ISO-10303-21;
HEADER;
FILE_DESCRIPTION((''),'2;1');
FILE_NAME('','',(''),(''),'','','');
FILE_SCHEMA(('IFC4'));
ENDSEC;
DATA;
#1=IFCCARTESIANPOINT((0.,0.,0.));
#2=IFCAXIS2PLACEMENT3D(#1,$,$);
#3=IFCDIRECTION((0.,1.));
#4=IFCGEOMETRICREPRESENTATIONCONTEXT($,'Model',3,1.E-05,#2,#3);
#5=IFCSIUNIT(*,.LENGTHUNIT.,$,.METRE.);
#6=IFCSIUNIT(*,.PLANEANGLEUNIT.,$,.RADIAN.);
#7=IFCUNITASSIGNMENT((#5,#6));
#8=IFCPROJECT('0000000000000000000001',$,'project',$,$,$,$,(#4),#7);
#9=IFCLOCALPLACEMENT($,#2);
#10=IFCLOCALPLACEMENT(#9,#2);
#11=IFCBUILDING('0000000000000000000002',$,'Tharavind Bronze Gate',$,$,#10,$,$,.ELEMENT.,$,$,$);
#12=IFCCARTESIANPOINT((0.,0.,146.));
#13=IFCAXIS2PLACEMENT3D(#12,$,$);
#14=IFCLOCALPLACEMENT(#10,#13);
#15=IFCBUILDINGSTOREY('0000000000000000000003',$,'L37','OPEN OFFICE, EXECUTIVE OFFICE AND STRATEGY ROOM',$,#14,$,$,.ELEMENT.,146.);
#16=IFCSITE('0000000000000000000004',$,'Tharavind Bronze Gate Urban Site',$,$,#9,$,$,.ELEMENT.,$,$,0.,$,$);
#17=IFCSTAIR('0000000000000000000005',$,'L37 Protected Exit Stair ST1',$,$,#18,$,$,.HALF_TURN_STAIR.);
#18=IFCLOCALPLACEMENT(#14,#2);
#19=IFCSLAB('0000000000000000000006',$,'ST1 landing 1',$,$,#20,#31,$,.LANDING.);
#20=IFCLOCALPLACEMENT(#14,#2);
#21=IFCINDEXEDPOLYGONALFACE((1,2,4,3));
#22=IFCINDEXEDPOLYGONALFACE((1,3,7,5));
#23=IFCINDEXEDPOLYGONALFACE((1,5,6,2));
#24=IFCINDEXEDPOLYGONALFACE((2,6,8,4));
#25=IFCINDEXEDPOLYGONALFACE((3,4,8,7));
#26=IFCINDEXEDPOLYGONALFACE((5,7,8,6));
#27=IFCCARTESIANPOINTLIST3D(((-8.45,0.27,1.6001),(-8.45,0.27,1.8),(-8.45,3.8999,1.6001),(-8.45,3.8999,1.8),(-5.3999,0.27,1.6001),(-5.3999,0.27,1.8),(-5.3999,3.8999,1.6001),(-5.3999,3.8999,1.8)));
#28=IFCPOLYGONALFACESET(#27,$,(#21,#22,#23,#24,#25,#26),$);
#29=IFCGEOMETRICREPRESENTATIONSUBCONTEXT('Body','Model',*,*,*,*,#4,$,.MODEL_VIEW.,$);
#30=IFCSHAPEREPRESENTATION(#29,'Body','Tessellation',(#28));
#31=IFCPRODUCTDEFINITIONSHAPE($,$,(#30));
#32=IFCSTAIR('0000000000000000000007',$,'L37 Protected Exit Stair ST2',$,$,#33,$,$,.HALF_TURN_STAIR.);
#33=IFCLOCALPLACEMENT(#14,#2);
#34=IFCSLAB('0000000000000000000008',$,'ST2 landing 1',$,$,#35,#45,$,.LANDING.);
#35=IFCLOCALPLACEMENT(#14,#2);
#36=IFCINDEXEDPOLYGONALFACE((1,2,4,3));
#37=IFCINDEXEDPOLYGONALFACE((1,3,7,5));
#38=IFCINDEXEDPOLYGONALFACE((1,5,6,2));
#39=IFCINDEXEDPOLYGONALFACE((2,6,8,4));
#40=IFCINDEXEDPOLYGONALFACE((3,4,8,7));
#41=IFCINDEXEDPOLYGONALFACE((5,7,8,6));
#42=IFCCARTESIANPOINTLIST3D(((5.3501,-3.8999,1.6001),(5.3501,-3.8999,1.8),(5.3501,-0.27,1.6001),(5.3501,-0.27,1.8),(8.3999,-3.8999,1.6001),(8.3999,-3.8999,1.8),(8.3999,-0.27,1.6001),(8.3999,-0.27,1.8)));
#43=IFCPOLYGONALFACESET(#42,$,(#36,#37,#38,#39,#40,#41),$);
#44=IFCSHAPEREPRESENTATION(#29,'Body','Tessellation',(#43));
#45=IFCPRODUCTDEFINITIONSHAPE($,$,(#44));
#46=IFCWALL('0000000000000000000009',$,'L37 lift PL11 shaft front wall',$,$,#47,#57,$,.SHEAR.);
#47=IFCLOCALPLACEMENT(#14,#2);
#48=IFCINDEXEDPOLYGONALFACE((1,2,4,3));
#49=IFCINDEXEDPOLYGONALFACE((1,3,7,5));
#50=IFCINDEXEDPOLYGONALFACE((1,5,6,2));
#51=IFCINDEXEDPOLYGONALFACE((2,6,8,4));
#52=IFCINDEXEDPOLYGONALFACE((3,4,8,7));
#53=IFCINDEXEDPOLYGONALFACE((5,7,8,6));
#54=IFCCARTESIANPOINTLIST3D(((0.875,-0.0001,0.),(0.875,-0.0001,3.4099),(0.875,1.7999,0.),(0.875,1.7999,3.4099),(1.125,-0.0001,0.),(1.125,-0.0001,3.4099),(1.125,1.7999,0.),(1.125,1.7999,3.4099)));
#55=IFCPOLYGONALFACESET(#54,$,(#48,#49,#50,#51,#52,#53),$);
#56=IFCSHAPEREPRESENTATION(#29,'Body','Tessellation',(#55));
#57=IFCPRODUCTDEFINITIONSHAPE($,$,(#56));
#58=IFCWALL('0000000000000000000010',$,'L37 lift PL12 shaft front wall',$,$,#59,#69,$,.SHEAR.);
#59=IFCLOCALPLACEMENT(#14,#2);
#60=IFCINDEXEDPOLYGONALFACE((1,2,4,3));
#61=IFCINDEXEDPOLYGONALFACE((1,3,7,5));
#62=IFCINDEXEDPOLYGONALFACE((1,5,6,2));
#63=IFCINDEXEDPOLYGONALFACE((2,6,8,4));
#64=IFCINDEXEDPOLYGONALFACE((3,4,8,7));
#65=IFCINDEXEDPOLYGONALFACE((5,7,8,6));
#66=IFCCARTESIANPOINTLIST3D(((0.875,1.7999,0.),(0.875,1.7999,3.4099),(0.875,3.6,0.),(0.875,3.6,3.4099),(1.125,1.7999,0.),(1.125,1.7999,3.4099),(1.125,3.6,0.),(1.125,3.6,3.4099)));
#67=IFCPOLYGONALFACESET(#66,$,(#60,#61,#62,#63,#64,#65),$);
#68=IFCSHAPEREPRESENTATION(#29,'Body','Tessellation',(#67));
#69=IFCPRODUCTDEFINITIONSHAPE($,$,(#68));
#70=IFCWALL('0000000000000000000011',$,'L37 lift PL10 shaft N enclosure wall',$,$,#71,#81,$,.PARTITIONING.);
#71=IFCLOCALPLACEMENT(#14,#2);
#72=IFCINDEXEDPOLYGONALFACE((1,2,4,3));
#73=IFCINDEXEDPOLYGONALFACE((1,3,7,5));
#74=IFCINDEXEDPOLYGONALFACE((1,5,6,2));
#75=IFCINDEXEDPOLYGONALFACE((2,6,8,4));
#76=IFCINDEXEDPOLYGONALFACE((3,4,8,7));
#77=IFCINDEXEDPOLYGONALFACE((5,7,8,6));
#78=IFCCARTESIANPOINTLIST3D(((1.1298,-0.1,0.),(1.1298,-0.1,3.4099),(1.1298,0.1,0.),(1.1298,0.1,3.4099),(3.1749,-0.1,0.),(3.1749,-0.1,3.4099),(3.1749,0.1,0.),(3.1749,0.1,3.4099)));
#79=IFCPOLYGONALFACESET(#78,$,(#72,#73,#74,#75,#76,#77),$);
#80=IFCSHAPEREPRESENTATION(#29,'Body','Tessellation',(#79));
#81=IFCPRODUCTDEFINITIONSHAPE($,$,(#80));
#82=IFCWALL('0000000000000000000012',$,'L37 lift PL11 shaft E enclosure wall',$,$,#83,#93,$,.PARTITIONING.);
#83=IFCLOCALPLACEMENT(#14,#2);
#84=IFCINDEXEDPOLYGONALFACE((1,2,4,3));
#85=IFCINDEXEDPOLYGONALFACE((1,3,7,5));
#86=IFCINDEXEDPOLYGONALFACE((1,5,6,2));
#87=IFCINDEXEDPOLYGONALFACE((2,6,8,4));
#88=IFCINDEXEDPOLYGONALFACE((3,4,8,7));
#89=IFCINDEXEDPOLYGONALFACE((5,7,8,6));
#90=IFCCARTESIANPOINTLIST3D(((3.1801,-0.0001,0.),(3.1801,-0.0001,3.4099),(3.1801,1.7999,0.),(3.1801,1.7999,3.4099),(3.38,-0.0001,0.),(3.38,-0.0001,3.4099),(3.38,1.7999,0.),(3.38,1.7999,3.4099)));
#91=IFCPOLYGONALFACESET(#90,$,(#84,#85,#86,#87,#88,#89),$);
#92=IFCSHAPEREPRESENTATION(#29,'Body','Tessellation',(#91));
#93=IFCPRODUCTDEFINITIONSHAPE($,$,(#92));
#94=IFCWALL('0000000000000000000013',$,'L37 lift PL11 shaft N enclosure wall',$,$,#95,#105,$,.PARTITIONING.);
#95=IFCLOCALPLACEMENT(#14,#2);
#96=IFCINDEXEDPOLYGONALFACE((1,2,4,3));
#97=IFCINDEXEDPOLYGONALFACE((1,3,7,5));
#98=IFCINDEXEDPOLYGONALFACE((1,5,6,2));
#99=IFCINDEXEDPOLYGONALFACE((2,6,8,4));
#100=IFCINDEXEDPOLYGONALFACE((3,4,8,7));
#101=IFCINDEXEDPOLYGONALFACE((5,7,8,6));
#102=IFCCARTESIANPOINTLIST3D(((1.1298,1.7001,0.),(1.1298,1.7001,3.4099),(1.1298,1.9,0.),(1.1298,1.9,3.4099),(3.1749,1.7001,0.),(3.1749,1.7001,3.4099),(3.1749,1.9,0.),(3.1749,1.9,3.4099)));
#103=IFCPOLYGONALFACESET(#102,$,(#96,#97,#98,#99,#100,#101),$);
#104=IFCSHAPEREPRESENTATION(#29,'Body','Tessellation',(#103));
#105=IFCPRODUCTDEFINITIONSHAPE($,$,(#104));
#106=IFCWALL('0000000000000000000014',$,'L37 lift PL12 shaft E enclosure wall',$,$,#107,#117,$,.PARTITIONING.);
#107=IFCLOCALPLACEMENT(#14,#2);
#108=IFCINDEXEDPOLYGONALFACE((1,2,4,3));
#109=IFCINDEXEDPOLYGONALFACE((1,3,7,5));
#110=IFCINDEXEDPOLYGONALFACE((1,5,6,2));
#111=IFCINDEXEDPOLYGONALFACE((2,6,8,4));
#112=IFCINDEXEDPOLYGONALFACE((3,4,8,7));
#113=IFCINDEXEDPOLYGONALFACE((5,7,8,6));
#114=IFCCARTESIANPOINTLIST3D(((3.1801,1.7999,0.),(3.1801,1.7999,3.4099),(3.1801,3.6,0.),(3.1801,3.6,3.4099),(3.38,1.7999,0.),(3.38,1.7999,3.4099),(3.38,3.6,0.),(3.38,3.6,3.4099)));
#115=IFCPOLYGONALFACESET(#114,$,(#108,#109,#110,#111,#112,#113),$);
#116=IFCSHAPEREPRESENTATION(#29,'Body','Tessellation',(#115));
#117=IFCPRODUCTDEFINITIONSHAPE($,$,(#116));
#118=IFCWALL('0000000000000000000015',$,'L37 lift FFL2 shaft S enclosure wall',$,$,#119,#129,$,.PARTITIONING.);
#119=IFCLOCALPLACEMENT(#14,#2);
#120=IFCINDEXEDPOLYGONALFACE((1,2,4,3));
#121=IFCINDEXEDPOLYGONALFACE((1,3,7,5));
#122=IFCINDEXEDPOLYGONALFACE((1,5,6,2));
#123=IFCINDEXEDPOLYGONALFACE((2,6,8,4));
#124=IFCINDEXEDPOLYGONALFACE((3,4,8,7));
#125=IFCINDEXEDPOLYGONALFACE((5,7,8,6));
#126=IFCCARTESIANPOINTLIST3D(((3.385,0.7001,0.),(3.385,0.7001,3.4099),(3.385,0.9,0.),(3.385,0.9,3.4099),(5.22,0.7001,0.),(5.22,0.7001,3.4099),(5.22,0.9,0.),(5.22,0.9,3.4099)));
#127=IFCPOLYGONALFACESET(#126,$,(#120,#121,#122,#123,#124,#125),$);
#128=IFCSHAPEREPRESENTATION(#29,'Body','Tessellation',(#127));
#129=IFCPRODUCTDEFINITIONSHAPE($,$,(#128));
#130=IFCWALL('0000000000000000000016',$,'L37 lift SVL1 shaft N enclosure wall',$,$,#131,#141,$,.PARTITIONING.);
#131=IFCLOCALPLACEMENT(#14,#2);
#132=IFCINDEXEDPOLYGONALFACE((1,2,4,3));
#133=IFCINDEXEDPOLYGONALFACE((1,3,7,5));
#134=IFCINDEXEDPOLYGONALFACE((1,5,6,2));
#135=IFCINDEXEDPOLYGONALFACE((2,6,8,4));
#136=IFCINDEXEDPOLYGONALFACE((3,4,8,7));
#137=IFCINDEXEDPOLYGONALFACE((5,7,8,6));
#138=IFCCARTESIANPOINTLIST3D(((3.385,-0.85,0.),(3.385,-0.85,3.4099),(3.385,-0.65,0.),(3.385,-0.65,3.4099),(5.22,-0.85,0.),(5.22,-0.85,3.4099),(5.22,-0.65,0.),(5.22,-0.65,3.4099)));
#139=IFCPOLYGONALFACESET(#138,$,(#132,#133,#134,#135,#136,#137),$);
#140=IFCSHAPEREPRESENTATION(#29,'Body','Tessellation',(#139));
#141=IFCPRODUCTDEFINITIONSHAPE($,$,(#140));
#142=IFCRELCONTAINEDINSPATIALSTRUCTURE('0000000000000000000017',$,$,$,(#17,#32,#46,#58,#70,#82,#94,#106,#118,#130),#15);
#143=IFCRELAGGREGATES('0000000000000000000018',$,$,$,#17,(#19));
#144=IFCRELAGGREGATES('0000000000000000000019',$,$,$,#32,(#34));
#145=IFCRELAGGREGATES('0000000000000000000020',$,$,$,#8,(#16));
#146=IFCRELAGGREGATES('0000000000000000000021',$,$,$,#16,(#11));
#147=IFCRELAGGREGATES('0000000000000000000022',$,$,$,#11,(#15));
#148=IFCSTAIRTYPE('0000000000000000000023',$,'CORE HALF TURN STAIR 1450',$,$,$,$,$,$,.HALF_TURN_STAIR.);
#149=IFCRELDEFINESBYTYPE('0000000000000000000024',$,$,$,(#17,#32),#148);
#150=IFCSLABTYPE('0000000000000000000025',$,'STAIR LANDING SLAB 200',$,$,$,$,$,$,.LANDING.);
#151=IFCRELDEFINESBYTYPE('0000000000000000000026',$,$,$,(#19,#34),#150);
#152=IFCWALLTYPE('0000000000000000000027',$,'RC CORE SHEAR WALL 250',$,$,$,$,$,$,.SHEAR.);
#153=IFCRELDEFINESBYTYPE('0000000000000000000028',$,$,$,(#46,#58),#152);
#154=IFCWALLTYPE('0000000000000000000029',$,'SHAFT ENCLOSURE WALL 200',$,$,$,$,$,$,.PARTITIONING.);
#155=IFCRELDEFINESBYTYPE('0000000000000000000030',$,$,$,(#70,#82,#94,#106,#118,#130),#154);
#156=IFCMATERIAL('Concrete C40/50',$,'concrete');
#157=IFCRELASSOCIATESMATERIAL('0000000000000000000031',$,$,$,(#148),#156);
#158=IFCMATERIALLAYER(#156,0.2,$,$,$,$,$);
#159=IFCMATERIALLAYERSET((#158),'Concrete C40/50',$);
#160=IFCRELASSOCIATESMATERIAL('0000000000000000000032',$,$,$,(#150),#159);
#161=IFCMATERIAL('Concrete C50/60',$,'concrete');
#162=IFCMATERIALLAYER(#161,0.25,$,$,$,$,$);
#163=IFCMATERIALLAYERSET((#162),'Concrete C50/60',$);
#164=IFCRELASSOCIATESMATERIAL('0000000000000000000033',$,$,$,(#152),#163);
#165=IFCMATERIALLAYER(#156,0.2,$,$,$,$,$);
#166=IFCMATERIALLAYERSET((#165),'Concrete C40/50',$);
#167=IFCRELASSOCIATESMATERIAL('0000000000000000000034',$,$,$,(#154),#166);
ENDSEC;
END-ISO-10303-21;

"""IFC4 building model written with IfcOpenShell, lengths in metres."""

from ifc_helpers import new_model, si_unit, direction, frame, frame_2d, origin, place, context, subcontext, project, spatial, polyline, rectangle, outline, extrude, material, layer, layer_set, type_object, element, aggregate, save


model = new_model("IFC4")

# Units and contexts
model_context = context("Model", 3, precision=1e-05, world=origin(), true_north=direction((0.0, 1.0)))
body_context = subcontext(model_context, "Body", "Model", "MODEL_VIEW")
ifc_project = project(units=[si_unit("LENGTHUNIT", "METRE"), si_unit("PLANEANGLEUNIT", "RADIAN")], contexts=[model_context])

# Site, building, storey
site_placement = place(None, origin())
site = spatial("IfcSite", under=ifc_project, at=site_placement, Name="Tharavind Bronze Gate Urban Site", CompositionType="ELEMENT", RefElevation=0.0)
building_placement = place(site_placement, origin())
building = spatial("IfcBuilding", under=site, at=building_placement, Name="Tharavind Bronze Gate", CompositionType="ELEMENT")
storey_placement = place(building_placement, frame((0.0, 0.0, 146.0)))
storey = spatial("IfcBuildingStorey", under=building, at=storey_placement, Name="L37", Description="OPEN OFFICE, EXECUTIVE OFFICE AND STRATEGY ROOM", CompositionType="ELEMENT", Elevation=146.0)

# Stairs, slabs
ifc_material_1 = material(Name="Concrete C40/50", Category="concrete")
stair_type = type_object("IfcStairType", Name="CORE HALF TURN STAIR 1450", PredefinedType="HALF_TURN_STAIR", material=ifc_material_1)
stair_1_placement = place(storey_placement, origin())
stair_1 = element("IfcStair", 1, at=stair_1_placement, inside=storey, type_object=stair_type, Name="L37 Protected Exit Stair ST1", PredefinedType="HALF_TURN_STAIR")
ifc_layer_1 = layer(ifc_material_1, 0.2)
ifc_layer_set_1 = layer_set([ifc_layer_1], Name="Concrete C40/50")
slab_type = type_object("IfcSlabType", Name="STAIR LANDING SLAB 200", PredefinedType="LANDING", material=ifc_layer_set_1)
slab_1_placement = place(storey_placement, frame((0.0, 0.0, 1.6001)))
slab_1 = element("IfcSlab", 2, at=slab_1_placement, type_object=slab_type, Name="ST1 landing 1", PredefinedType="LANDING", context=body_context, shape_type="SweptSolid", body=[
    extrude(outline(polyline([(-5.3999, 0.27), (-5.3999, 3.8999), (-8.45, 3.8999), (-8.45, 0.27), (-5.3999, 0.27)])), origin(), (0.0, 0.0, 1.0), 0.2),
])
aggregate(stair_1, [slab_1])
stair_2_placement = place(storey_placement, origin())
stair_2 = element("IfcStair", 3, at=stair_2_placement, inside=storey, type_object=stair_type, Name="L37 Protected Exit Stair ST2", PredefinedType="HALF_TURN_STAIR")
slab_2_placement = place(storey_placement, frame((0.0, 0.0, 1.6001)))
slab_2 = element("IfcSlab", 4, at=slab_2_placement, type_object=slab_type, Name="ST2 landing 1", PredefinedType="LANDING", context=body_context, shape_type="SweptSolid", body=[
    extrude(outline(polyline([(5.3501, -0.27), (5.3501, -3.8999), (8.3999, -3.8999), (8.3999, -0.27), (5.3501, -0.27)])), origin(), (0.0, 0.0, 1.0), 0.2),
])
aggregate(stair_2, [slab_2])

# Walls
ifc_material_2 = material(Name="Concrete C50/60", Category="concrete")
ifc_layer_2 = layer(ifc_material_2, 0.25)
ifc_layer_set_2 = layer_set([ifc_layer_2], Name="Concrete C50/60")
wall_type_1 = type_object("IfcWallType", Name="RC CORE SHEAR WALL 250", PredefinedType="SHEAR", material=ifc_layer_set_2)
for number, where, z_axis, x_axis, name in (
    (5, (1.0, 0.0, 0.0), (0.0, 0.0, 1.0), (0.0, 1.0, 0.0), "L37 lift PL11 shaft front wall"),
    (6, (1.0, 1.8, 0.0), (0.0, 0.0, 1.0), (0.0, 1.0, 0.0), "L37 lift PL12 shaft front wall"),
):
    element("IfcWall", number, at=place(storey_placement, frame(where, z_axis=z_axis, x_axis=x_axis)), inside=storey, type_object=wall_type_1, Name=name, PredefinedType="SHEAR", context=body_context, shape_type="SweptSolid", body=[
        extrude(rectangle(XDim=1.8, YDim=0.25, at=frame_2d((0.8999, 0.0))), origin(), (0.0, 0.0, 1.0), 3.4099),
    ])
ifc_layer_3 = layer(ifc_material_1, 0.2)
ifc_layer_set_3 = layer_set([ifc_layer_3], Name="Concrete C40/50")
wall_type_2 = type_object("IfcWallType", Name="SHAFT ENCLOSURE WALL 200", PredefinedType="PARTITIONING", material=ifc_layer_set_3)
wall_1_placement = place(storey_placement, frame((1.1299, 0.0, 0.0), z_axis=(0.0, 0.0, 1.0), x_axis=(1.0, 0.0, 0.0)))
element("IfcWall", 7, at=wall_1_placement, inside=storey, type_object=wall_type_2, Name="L37 lift PL10 shaft N enclosure wall", PredefinedType="PARTITIONING", context=body_context, shape_type="SweptSolid", body=[
    extrude(rectangle(XDim=2.0452, YDim=0.2, at=frame_2d((1.0225, 0.0))), origin(), (0.0, 0.0, 1.0), 3.4099),
])
wall_2_placement = place(storey_placement, frame((3.28, 0.0, 0.0), z_axis=(0.0, 0.0, 1.0), x_axis=(0.0, 1.0, 0.0)))
element("IfcWall", 8, at=wall_2_placement, inside=storey, type_object=wall_type_2, Name="L37 lift PL11 shaft E enclosure wall", PredefinedType="PARTITIONING", context=body_context, shape_type="SweptSolid", body=[
    extrude(rectangle(XDim=1.8, YDim=0.2, at=frame_2d((0.8999, 0.0))), origin(), (0.0, 0.0, 1.0), 3.4099),
])
wall_3_placement = place(storey_placement, frame((1.1299, 1.8, 0.0), z_axis=(0.0, 0.0, 1.0), x_axis=(1.0, 0.0, 0.0)))
element("IfcWall", 9, at=wall_3_placement, inside=storey, type_object=wall_type_2, Name="L37 lift PL11 shaft N enclosure wall", PredefinedType="PARTITIONING", context=body_context, shape_type="SweptSolid", body=[
    extrude(rectangle(XDim=2.0452, YDim=0.2, at=frame_2d((1.0225, 0.0))), origin(), (0.0, 0.0, 1.0), 3.4099),
])
wall_4_placement = place(storey_placement, frame((3.28, 1.8, 0.0), z_axis=(0.0, 0.0, 1.0), x_axis=(0.0, 1.0, 0.0)))
element("IfcWall", 10, at=wall_4_placement, inside=storey, type_object=wall_type_2, Name="L37 lift PL12 shaft E enclosure wall", PredefinedType="PARTITIONING", context=body_context, shape_type="SweptSolid", body=[
    extrude(rectangle(XDim=1.8, YDim=0.2, at=frame_2d((0.8999, 0.0))), origin(), (0.0, 0.0, 1.0), 3.4099),
])
for number, where, z_axis, x_axis, name in (
    (11, (3.385, 0.8, 0.0), (0.0, 0.0, 1.0), (1.0, 0.0, 0.0), "L37 lift FFL2 shaft S enclosure wall"),
    (12, (3.385, -0.75, 0.0), (0.0, 0.0, 1.0), (1.0, 0.0, 0.0), "L37 lift SVL1 shaft N enclosure wall"),
):
    element("IfcWall", number, at=place(storey_placement, frame(where, z_axis=z_axis, x_axis=x_axis)), inside=storey, type_object=wall_type_2, Name=name, PredefinedType="PARTITIONING", context=body_context, shape_type="SweptSolid", body=[
        extrude(rectangle(XDim=1.835, YDim=0.2, at=frame_2d((0.9175, 0.0))), origin(), (0.0, 0.0, 1.0), 3.4099),
    ])

save(model, "model.ifc")
